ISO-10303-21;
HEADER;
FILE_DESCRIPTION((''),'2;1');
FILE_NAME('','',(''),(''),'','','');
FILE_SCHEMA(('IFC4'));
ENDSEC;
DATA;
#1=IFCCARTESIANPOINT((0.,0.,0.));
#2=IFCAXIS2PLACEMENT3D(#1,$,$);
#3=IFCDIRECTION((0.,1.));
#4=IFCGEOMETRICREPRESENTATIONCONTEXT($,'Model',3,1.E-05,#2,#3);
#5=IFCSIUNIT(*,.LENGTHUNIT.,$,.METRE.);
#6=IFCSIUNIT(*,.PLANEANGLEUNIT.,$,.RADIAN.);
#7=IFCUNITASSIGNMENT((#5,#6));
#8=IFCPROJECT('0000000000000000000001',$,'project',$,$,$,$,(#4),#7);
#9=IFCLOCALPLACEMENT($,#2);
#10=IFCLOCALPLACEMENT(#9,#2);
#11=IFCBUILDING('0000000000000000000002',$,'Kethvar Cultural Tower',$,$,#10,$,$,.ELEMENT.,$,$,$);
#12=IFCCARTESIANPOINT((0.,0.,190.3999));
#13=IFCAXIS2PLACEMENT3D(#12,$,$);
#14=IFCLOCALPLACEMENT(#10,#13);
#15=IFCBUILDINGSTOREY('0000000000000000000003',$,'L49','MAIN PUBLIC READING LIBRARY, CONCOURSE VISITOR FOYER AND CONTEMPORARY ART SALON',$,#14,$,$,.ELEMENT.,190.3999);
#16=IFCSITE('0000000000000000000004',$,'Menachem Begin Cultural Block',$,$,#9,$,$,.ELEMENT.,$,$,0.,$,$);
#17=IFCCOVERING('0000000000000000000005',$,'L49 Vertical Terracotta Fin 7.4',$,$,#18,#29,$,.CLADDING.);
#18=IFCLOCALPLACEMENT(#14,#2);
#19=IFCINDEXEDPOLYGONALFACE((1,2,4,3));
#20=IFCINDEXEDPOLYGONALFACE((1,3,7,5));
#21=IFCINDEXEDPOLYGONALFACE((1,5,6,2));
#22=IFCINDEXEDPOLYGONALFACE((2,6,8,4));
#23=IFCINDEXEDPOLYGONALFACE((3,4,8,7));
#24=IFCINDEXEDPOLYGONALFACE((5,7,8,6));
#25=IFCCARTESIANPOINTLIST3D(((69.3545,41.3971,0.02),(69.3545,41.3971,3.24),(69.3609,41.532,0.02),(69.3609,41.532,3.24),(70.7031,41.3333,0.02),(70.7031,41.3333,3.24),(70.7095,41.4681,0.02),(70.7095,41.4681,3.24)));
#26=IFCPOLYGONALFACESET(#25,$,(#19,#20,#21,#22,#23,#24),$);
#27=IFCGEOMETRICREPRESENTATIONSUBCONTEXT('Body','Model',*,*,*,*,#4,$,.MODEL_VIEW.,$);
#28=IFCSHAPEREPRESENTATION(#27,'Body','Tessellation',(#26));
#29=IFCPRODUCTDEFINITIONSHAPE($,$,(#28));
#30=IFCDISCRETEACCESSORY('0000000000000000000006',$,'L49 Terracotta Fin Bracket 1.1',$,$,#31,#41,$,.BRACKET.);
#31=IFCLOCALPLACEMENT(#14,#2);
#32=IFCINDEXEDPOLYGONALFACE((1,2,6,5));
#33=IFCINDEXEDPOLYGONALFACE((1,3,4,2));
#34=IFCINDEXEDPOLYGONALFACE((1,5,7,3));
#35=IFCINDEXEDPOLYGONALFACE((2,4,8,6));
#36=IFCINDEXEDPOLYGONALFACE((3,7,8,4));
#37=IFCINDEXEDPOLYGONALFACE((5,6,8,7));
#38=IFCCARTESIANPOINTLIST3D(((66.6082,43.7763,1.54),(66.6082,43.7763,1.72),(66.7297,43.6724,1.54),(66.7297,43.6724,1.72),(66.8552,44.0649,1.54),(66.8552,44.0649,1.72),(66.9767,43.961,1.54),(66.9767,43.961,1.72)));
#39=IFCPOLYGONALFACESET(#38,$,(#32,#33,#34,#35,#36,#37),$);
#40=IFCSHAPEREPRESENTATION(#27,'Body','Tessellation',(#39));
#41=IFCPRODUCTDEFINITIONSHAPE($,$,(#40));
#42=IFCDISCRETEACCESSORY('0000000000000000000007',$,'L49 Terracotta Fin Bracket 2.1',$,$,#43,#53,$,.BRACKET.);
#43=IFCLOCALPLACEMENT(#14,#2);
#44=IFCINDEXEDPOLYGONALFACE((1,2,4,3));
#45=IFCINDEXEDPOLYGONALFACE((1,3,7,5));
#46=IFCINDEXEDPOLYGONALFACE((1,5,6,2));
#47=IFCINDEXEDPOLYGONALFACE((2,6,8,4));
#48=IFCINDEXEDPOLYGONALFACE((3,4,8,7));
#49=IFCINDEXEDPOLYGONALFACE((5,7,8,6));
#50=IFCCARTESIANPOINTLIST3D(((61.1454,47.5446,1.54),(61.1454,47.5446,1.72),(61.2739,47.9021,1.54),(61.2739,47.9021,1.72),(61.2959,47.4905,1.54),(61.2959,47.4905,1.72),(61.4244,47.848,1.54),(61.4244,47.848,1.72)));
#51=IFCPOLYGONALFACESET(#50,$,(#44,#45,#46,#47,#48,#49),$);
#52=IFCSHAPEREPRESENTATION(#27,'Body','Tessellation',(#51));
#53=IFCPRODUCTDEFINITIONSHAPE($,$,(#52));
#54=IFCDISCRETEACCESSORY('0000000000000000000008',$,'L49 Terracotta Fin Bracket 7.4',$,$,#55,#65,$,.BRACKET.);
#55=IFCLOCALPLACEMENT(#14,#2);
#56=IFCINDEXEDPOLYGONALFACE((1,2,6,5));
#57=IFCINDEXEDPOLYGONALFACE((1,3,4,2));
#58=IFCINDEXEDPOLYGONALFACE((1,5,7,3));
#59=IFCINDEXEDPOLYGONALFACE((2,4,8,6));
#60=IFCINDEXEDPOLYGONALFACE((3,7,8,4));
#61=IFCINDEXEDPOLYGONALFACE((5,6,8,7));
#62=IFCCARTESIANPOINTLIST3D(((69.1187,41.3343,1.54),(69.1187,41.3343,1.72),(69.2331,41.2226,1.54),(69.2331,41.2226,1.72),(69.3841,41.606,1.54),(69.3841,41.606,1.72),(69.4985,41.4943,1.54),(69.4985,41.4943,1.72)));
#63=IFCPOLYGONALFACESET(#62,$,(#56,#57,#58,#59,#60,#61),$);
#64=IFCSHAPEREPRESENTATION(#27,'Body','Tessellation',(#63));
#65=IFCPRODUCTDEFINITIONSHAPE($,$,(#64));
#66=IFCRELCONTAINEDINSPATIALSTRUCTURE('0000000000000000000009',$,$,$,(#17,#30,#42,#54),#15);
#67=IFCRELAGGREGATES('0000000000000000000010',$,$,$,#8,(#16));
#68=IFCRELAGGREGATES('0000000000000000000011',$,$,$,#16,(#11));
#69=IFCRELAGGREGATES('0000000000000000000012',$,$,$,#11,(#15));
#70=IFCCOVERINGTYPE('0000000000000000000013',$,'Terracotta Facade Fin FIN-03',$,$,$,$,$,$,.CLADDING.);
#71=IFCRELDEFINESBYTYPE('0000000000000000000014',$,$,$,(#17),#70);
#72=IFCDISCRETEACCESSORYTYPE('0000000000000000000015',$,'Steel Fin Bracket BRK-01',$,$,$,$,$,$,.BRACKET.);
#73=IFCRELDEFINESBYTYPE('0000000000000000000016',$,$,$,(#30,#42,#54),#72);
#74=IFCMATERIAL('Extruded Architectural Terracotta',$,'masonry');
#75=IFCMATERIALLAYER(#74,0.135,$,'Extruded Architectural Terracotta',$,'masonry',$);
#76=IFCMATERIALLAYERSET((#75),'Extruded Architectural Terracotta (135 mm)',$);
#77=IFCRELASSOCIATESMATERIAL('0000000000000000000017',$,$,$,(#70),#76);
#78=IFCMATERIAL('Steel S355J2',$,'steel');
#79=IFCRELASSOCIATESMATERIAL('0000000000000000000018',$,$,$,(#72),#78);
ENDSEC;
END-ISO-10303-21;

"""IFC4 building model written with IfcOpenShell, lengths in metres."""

from ifc_helpers import new_model, si_unit, direction, frame, origin, origin_2d, place, context, subcontext, project, spatial, rectangle, extrude, source, transform, mapped, material, layer, layer_set, type_object, element, save


model = new_model("IFC4")

# Units and contexts
model_context = context("Model", 3, precision=1e-05, world=origin(), true_north=direction((0.0, 1.0)))
body_context = subcontext(model_context, "Body", "Model", "MODEL_VIEW")
ifc_project = project(units=[si_unit("LENGTHUNIT", "METRE"), si_unit("PLANEANGLEUNIT", "RADIAN")], contexts=[model_context])

# Site, building, storey
site_placement = place(None, origin())
site = spatial("IfcSite", under=ifc_project, at=site_placement, Name="Menachem Begin Cultural Block", CompositionType="ELEMENT", RefElevation=0.0)
building_placement = place(site_placement, origin())
building = spatial("IfcBuilding", under=site, at=building_placement, Name="Kethvar Cultural Tower", CompositionType="ELEMENT")
storey_placement = place(building_placement, frame((0.0, 0.0, 190.3999)))
storey = spatial("IfcBuildingStorey", under=building, at=storey_placement, Name="L49", Description="MAIN PUBLIC READING LIBRARY, CONCOURSE VISITOR FOYER AND CONTEMPORARY ART SALON", CompositionType="ELEMENT", Elevation=190.3999)

# Shared definitions
ifc_material_1 = material(Name="Steel S355J2", Category="steel")

# Covering
ifc_material_2 = material(Name="Extruded Architectural Terracotta", Category="masonry")
ifc_layer_1 = layer(ifc_material_2, 0.135, Name="Extruded Architectural Terracotta", Category="masonry")
ifc_layer_set_1 = layer_set([ifc_layer_1], Name="Extruded Architectural Terracotta (135 mm)")
covering_type_1 = type_object("IfcCoveringType", Name="Terracotta Facade Fin FIN-03", PredefinedType="CLADDING", material=ifc_layer_set_1)
shared_shape_1 = source(origin(), body_context, "Body", "SweptSolid", [
    extrude(rectangle(XDim=1.3501, YDim=0.135, at=origin_2d()), origin(), (0.0, 0.0, 1.0), 3.22),
])
for number, where, z_axis, x_axis, name in (
    (1, (70.032, 41.4326, 0.02), (0.0, 0.0, 1.0), (0.998882, -0.047281, 0.0), "L49 Vertical Terracotta Fin 7.4"),
):
    element("IfcCovering", number, at=place(storey_placement, frame(where, z_axis=z_axis, x_axis=x_axis)), inside=storey, type_object=covering_type_1, Name=name, PredefinedType="CLADDING", context=body_context, shape_type="MappedRepresentation", body=[
        mapped(shared_shape_1, transform((0.0, 0.0, 0.0), scale=1.0)),
    ])

# Discrete accessories
discrete_accessory_type = type_object("IfcDiscreteAccessoryType", Name="Steel Fin Bracket BRK-01", PredefinedType="BRACKET", material=ifc_material_1)
shared_shape_2 = source(origin(), body_context, "Body", "SweptSolid", [
    extrude(rectangle(XDim=0.3799, YDim=0.1599, at=origin_2d()), origin(), (0.0, 0.0, 1.0), 0.1799),
])
for number, where, z_axis, x_axis, name in (
    (2, (66.7925, 43.8687, 1.54), (0.0, 0.0, 1.0), (0.650244, 0.759725, 0.0), "L49 Terracotta Fin Bracket 1.1"),
    (3, (61.2849, 47.6963, 1.54), (0.0, 0.0, 1.0), (0.338081, 0.941117, 0.0), "L49 Terracotta Fin Bracket 2.1"),
    (4, (69.3086, 41.4143, 1.54), (0.0, 0.0, 1.0), (0.69879, 0.715327, 0.0), "L49 Terracotta Fin Bracket 7.4"),
):
    element("IfcDiscreteAccessory", number, at=place(storey_placement, frame(where, z_axis=z_axis, x_axis=x_axis)), inside=storey, type_object=discrete_accessory_type, Name=name, PredefinedType="BRACKET", context=body_context, shape_type="MappedRepresentation", body=[
        mapped(shared_shape_2, transform((0.0, 0.0, 0.0), scale=1.0)),
    ])

save(model, "model.ifc")
